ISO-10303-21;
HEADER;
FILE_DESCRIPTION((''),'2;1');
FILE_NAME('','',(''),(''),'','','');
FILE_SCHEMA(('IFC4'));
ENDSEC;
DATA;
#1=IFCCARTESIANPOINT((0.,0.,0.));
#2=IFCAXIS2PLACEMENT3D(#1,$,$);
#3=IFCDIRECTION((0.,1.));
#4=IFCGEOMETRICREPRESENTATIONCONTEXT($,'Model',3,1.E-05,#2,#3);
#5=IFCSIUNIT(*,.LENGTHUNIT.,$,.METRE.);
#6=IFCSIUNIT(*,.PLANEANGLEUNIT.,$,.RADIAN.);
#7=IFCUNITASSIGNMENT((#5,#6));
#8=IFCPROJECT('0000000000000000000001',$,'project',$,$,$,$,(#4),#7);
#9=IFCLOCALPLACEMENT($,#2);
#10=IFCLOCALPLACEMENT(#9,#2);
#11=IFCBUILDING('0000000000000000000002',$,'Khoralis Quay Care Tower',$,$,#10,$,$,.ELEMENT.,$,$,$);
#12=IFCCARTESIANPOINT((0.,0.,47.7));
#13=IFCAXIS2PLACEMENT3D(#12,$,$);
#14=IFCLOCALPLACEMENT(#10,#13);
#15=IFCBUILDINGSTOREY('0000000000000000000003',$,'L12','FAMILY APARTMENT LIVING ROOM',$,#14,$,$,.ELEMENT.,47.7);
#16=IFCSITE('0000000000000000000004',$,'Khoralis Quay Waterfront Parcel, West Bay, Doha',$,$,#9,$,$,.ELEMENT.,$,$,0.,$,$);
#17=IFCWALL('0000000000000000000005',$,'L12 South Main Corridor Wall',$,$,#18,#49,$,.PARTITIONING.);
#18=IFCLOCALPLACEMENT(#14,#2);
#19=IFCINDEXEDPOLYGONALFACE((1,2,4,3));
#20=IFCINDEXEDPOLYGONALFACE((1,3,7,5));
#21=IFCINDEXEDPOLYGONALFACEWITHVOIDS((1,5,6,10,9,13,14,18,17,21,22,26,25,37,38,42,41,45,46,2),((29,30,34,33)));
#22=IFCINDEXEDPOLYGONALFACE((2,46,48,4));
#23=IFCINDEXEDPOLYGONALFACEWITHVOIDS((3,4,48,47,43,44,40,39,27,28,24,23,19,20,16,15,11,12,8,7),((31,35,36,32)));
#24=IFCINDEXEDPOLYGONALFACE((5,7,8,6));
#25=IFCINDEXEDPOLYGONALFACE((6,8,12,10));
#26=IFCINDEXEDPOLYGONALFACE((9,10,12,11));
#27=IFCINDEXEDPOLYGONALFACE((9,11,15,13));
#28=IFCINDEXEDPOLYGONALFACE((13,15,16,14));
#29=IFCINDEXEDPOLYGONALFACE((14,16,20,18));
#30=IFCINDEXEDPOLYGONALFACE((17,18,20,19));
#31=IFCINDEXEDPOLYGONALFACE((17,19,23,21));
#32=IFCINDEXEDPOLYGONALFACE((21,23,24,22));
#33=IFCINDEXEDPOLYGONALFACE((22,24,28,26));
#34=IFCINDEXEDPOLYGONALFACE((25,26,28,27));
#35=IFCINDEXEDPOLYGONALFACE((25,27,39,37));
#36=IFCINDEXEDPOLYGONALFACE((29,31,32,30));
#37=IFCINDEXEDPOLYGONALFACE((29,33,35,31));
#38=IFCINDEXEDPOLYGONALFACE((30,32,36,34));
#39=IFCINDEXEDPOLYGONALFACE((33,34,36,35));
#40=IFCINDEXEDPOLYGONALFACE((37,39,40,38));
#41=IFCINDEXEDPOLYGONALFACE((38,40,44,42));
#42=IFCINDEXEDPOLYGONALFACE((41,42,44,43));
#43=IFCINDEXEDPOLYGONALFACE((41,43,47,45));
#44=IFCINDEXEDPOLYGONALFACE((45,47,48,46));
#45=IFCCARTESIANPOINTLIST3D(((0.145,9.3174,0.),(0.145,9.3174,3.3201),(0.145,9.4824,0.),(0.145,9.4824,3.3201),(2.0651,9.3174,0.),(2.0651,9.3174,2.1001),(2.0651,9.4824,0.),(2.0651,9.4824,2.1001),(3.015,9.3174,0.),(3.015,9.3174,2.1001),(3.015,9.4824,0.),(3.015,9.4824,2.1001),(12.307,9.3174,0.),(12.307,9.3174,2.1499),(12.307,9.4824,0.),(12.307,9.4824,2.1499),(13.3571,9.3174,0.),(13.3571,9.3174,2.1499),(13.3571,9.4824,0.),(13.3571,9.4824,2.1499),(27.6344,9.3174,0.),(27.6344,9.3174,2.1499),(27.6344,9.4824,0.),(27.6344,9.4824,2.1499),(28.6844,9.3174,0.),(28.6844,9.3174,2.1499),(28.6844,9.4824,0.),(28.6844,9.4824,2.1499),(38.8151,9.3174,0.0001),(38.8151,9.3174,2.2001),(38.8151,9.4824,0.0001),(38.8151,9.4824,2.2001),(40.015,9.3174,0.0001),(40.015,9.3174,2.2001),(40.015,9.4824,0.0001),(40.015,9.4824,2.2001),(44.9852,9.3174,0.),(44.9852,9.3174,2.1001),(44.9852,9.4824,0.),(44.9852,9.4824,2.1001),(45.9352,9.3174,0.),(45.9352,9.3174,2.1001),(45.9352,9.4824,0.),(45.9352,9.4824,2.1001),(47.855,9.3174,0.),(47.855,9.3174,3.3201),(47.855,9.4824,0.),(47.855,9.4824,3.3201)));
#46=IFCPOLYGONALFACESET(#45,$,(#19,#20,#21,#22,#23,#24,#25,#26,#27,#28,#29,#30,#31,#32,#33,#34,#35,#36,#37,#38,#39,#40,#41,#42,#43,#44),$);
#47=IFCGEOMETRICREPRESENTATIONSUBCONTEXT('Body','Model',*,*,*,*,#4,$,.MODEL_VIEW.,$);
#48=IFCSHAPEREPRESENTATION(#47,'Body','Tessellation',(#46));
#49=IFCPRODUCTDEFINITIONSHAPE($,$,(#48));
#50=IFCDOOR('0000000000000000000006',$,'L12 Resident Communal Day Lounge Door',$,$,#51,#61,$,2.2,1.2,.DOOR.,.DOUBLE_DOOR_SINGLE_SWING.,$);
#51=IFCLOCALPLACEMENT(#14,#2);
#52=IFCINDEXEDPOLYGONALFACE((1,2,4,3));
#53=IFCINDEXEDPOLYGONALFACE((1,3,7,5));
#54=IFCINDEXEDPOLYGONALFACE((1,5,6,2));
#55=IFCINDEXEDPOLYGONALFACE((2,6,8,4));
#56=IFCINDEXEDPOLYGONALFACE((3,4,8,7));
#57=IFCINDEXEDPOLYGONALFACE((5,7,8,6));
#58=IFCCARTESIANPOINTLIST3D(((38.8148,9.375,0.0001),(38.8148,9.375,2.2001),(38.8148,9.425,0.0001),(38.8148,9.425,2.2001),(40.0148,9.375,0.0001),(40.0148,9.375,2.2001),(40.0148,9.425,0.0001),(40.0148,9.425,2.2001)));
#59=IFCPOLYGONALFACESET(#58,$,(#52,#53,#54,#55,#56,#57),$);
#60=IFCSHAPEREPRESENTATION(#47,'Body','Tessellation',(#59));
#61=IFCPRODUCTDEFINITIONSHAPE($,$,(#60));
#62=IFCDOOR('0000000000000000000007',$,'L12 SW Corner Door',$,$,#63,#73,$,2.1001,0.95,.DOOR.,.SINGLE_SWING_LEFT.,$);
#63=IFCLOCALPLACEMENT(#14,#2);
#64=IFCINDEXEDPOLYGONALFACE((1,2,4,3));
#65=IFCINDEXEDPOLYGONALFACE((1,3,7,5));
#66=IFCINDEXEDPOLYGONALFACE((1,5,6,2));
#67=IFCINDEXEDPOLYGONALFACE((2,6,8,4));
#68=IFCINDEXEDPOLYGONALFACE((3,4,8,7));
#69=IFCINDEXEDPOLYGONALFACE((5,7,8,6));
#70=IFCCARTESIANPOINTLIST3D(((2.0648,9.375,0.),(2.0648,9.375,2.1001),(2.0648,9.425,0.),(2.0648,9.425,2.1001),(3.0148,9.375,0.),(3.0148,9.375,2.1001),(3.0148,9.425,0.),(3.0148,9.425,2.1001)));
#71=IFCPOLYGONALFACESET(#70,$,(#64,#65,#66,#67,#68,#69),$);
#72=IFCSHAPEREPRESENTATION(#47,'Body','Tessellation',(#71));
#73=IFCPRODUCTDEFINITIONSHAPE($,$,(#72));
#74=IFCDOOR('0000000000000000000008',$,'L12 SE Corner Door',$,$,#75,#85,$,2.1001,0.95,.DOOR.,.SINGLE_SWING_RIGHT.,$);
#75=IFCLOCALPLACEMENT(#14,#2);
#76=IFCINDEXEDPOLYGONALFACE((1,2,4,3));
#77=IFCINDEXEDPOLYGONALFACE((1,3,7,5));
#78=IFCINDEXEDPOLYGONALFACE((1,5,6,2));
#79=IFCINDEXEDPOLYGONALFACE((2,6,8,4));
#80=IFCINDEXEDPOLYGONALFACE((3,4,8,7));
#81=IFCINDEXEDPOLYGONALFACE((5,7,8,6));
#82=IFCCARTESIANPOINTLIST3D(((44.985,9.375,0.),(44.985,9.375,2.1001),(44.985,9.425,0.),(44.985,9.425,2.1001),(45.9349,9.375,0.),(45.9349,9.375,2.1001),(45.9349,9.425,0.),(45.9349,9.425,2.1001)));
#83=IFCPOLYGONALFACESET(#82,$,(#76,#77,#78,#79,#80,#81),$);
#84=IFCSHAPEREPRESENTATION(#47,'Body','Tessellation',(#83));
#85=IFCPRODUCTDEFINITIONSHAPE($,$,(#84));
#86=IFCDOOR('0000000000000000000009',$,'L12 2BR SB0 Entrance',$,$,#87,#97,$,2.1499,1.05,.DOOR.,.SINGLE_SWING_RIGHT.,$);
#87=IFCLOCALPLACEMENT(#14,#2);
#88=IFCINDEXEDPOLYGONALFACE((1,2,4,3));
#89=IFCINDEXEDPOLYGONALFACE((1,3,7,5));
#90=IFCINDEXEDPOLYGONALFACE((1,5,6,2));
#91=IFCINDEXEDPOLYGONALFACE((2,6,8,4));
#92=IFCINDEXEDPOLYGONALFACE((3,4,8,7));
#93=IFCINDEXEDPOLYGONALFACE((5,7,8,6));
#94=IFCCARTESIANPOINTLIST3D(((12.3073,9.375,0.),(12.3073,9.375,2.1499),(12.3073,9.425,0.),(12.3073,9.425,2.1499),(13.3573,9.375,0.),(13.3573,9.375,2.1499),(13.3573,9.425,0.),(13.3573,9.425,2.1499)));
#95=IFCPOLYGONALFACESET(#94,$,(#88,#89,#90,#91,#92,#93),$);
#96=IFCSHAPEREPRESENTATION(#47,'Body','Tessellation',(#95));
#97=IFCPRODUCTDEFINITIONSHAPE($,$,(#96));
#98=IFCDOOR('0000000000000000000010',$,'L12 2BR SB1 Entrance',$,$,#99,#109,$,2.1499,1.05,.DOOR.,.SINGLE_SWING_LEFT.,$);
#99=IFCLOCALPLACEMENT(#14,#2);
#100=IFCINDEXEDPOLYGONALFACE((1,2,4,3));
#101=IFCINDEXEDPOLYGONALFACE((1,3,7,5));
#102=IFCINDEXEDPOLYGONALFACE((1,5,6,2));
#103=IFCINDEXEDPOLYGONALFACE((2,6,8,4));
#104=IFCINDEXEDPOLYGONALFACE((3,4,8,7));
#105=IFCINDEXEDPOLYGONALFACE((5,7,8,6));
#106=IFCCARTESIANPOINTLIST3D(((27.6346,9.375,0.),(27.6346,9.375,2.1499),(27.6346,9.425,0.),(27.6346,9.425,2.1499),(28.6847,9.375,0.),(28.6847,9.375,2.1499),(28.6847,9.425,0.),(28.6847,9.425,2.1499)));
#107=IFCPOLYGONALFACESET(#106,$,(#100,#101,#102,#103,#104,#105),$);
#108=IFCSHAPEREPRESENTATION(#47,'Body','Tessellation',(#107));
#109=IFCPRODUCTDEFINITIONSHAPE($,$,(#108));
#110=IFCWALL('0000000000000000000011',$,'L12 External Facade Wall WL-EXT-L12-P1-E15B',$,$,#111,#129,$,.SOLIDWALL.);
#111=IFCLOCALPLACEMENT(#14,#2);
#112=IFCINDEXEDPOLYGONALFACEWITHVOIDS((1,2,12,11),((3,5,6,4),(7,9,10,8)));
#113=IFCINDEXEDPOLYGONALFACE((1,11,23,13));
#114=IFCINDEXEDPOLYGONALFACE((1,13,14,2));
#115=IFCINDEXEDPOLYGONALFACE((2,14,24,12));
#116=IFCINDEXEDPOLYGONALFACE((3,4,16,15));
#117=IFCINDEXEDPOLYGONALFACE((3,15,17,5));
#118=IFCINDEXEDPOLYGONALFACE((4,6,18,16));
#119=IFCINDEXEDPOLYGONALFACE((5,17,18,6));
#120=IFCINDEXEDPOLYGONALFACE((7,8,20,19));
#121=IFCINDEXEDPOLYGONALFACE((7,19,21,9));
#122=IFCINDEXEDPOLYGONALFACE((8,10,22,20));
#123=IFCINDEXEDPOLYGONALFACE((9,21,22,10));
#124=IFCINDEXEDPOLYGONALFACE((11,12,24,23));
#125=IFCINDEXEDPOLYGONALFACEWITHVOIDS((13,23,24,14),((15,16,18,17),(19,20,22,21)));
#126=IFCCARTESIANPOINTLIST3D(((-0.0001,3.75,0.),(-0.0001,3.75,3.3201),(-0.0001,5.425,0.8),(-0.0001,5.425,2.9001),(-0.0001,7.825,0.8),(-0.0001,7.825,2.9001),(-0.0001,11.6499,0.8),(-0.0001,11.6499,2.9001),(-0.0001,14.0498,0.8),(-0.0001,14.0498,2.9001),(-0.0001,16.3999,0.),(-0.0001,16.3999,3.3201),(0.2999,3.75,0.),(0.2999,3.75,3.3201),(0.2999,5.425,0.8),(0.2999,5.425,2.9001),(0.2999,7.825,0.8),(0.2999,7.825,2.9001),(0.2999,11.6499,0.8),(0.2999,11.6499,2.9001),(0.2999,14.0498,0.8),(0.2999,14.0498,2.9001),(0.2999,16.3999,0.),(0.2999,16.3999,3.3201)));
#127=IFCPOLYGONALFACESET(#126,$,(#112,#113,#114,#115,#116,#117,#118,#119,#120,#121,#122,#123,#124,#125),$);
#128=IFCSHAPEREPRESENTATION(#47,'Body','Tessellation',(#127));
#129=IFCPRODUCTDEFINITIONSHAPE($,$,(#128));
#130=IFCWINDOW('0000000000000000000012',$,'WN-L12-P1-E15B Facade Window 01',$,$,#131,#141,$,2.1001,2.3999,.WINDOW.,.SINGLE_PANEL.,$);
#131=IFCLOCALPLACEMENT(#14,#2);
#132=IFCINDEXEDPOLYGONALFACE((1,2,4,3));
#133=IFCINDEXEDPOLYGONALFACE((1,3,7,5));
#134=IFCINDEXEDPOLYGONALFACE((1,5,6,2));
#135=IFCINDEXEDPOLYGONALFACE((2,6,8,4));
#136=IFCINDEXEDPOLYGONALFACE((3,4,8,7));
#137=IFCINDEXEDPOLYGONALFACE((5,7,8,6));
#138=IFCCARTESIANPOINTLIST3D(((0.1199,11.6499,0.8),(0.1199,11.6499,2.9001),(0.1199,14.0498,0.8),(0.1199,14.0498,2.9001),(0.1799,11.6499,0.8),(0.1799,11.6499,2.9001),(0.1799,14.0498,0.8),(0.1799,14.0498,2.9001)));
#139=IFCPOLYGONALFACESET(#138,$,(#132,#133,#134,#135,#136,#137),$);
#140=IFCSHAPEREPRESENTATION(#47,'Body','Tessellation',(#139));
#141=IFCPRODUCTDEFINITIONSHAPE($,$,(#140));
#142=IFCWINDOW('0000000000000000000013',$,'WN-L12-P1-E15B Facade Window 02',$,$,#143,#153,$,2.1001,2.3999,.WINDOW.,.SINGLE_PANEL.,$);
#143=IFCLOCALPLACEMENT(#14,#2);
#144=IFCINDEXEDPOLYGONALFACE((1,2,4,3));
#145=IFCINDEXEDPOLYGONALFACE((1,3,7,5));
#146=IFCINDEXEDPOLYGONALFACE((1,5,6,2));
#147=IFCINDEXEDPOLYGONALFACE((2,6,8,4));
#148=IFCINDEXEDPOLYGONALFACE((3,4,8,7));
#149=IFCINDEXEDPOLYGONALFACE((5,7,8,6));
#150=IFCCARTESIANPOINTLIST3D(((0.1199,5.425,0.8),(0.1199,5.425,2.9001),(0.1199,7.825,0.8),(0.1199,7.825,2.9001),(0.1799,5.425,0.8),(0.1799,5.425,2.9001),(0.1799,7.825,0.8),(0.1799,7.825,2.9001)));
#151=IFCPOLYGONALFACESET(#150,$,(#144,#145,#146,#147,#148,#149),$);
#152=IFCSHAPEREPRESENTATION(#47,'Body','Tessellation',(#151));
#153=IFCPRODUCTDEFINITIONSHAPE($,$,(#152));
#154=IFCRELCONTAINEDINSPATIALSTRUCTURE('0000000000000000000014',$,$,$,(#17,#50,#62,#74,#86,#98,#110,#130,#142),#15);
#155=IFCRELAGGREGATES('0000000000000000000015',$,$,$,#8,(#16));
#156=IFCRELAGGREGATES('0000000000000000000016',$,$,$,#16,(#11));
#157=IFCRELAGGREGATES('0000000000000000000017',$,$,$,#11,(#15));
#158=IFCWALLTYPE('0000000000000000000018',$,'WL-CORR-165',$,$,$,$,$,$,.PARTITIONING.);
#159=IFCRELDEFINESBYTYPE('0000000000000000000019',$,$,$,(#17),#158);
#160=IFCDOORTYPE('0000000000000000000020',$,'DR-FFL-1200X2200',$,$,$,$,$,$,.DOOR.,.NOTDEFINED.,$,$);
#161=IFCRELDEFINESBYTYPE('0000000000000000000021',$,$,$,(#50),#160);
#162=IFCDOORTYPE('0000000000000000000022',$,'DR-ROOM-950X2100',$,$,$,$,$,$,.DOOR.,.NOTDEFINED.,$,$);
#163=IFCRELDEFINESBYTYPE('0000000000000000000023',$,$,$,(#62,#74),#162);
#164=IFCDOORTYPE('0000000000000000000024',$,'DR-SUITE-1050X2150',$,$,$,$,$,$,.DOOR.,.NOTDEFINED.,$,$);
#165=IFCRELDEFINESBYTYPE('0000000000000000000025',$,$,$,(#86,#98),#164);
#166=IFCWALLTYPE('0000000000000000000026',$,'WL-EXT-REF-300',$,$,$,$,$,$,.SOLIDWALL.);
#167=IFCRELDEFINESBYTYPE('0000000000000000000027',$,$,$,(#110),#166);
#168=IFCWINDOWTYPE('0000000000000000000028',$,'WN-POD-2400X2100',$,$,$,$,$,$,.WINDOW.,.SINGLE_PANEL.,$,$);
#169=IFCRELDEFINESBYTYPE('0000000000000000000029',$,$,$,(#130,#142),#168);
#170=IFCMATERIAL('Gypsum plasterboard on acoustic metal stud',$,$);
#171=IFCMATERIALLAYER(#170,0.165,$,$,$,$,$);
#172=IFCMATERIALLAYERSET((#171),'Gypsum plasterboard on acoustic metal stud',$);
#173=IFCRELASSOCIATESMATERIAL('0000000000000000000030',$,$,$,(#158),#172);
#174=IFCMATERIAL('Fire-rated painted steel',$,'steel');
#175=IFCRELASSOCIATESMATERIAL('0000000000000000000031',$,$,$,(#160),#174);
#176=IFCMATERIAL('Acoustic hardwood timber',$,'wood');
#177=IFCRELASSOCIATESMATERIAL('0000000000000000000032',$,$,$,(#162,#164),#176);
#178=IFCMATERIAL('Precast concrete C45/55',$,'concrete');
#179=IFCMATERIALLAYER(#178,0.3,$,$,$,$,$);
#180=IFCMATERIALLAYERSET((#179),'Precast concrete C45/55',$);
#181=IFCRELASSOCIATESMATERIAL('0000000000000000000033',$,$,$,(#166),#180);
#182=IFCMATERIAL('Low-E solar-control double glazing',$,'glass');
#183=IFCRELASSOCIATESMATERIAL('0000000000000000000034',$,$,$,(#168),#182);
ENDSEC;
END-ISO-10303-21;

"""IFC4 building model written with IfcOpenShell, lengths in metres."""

from ifc_helpers import new_model, si_unit, direction, frame, frame_2d, origin, place, context, subcontext, project, spatial, rectangle, extrude, source, transform, mapped, material, layer, layer_set, type_object, element, fill, save


model = new_model("IFC4")

# Units and contexts
model_context = context("Model", 3, precision=1e-05, world=origin(), true_north=direction((0.0, 1.0)))
body_context = subcontext(model_context, "Body", "Model", "MODEL_VIEW")
ifc_project = project(units=[si_unit("LENGTHUNIT", "METRE"), si_unit("PLANEANGLEUNIT", "RADIAN")], contexts=[model_context])

# Site, building, storey
site_placement = place(None, origin())
site = spatial("IfcSite", under=ifc_project, at=site_placement, Name="Khoralis Quay Waterfront Parcel, West Bay, Doha", CompositionType="ELEMENT", RefElevation=0.0)
building_placement = place(site_placement, origin())
building = spatial("IfcBuilding", under=site, at=building_placement, Name="Khoralis Quay Care Tower", CompositionType="ELEMENT")
storey_placement = place(building_placement, frame((0.0, 0.0, 47.7)))
storey = spatial("IfcBuildingStorey", under=building, at=storey_placement, Name="L12", Description="FAMILY APARTMENT LIVING ROOM", CompositionType="ELEMENT", Elevation=47.7)

# Shared definitions
ifc_material_1 = material(Name="Low-E solar-control double glazing", Category="glass")

# Wall, openings, doors
ifc_material_2 = material(Name="Gypsum plasterboard on acoustic metal stud")
ifc_layer_1 = layer(ifc_material_2, 0.165)
ifc_layer_set_1 = layer_set([ifc_layer_1], Name="Gypsum plasterboard on acoustic metal stud")
wall_type_1 = type_object("IfcWallType", Name="WL-CORR-165", PredefinedType="PARTITIONING", material=ifc_layer_set_1)
wall_1_placement = place(storey_placement, frame((0.145, 9.3999, 0.0), z_axis=(0.0, 0.0, 1.0), x_axis=(1.0, 0.0, 0.0)))
wall_1 = element("IfcWall", 1, at=wall_1_placement, inside=storey, type_object=wall_type_1, Name="L12 South Main Corridor Wall", PredefinedType="PARTITIONING", context=body_context, shape_type="SweptSolid", body=[
    extrude(rectangle(XDim=47.71, YDim=0.165, at=frame_2d((23.855, 0.0))), origin(), (0.0, 0.0, 1.0), 3.3201),
])
opening_1_placement = place(wall_1_placement, frame((12.1621, 0.0, 0.0)))
opening_1 = element("IfcOpeningElement", 2, at=opening_1_placement, cuts=wall_1, PredefinedType="OPENING", context=body_context, shape_type="SweptSolid", body=[
    extrude(rectangle(XDim=1.05, YDim=2.1499, at=frame_2d((0.5249, 1.075))), frame((0.0, 0.0925, 0.0), z_axis=(0.0, -1.0, 0.0), x_axis=(1.0, 0.0, 0.0)), (0.0, 0.0, 1.0), 0.1851),
])
opening_2_placement = place(wall_1_placement, frame((27.4895, 0.0, 0.0)))
opening_2 = element("IfcOpeningElement", 3, at=opening_2_placement, cuts=wall_1, PredefinedType="OPENING", context=body_context, shape_type="SweptSolid", body=[
    extrude(rectangle(XDim=1.05, YDim=2.1499, at=frame_2d((0.5249, 1.075))), frame((0.0, 0.0925, 0.0), z_axis=(0.0, -1.0, 0.0), x_axis=(1.0, 0.0, 0.0)), (0.0, 0.0, 1.0), 0.1851),
])
opening_3_placement = place(wall_1_placement, frame((38.6699, 0.0, 0.0)))
opening_3 = element("IfcOpeningElement", 4, at=opening_3_placement, cuts=wall_1, PredefinedType="OPENING", context=body_context, shape_type="SweptSolid", body=[
    extrude(rectangle(XDim=1.2, YDim=2.2, at=frame_2d((0.6001, 1.1001))), frame((0.0, 0.0925, 0.0), z_axis=(0.0, -1.0, 0.0), x_axis=(1.0, 0.0, 0.0)), (0.0, 0.0, 1.0), 0.1851),
])
opening_4_placement = place(wall_1_placement, frame((1.9199, 0.0, 0.0)))
opening_4 = element("IfcOpeningElement", 5, at=opening_4_placement, cuts=wall_1, PredefinedType="OPENING", context=body_context, shape_type="SweptSolid", body=[
    extrude(rectangle(XDim=0.95, YDim=2.1001, at=frame_2d((0.4751, 1.05))), frame((0.0, 0.0925, 0.0), z_axis=(0.0, -1.0, 0.0), x_axis=(1.0, 0.0, 0.0)), (0.0, 0.0, 1.0), 0.1851),
])
opening_5_placement = place(wall_1_placement, frame((44.8401, 0.0, 0.0)))
opening_5 = element("IfcOpeningElement", 6, at=opening_5_placement, cuts=wall_1, PredefinedType="OPENING", context=body_context, shape_type="SweptSolid", body=[
    extrude(rectangle(XDim=0.95, YDim=2.1001, at=frame_2d((0.4751, 1.05))), frame((0.0, 0.0925, 0.0), z_axis=(0.0, -1.0, 0.0), x_axis=(1.0, 0.0, 0.0)), (0.0, 0.0, 1.0), 0.1851),
])
ifc_material_3 = material(Name="Fire-rated painted steel", Category="steel")
door_type_1 = type_object("IfcDoorType", Name="DR-FFL-1200X2200", OperationType="NOTDEFINED", PredefinedType="DOOR", material=ifc_material_3)
shared_shape_1 = source(origin(), body_context, "Body", "SweptSolid", [
    extrude(rectangle(XDim=1.2, YDim=2.2, at=frame_2d((0.6001, 1.1001))), frame((0.0, 0.0249, 0.0), z_axis=(0.0, -1.0, 0.0), x_axis=(1.0, 0.0, 0.0)), (0.0, 0.0, 1.0), 0.05),
])
door_1_placement = place(opening_3_placement, frame((1.2, 0.0, 0.0), z_axis=(0.0, 0.0, 1.0), x_axis=(-1.0, 0.0, 0.0)))
door_1 = element("IfcDoor", 7, at=door_1_placement, inside=storey, type_object=door_type_1, Name="L12 Resident Communal Day Lounge Door", OperationType="DOUBLE_DOOR_SINGLE_SWING", OverallHeight=2.2, OverallWidth=1.2, PredefinedType="DOOR", context=body_context, shape_type="MappedRepresentation", body=[
    mapped(shared_shape_1, transform((0.0, 0.0, 0.0), scale=1.0)),
])
fill(opening_3, door_1)
ifc_material_4 = material(Name="Acoustic hardwood timber", Category="wood")
door_type_2 = type_object("IfcDoorType", Name="DR-ROOM-950X2100", OperationType="NOTDEFINED", PredefinedType="DOOR", material=ifc_material_4)
shared_shape_2 = source(origin(), body_context, "Body", "SweptSolid", [
    extrude(rectangle(XDim=0.95, YDim=2.1001, at=frame_2d((0.4751, 1.05))), frame((0.0, 0.0249, 0.0), z_axis=(0.0, -1.0, 0.0), x_axis=(1.0, 0.0, 0.0)), (0.0, 0.0, 1.0), 0.05),
])
door_2_placement = place(opening_4_placement, frame((0.95, 0.0, 0.0), z_axis=(0.0, 0.0, 1.0), x_axis=(-1.0, 0.0, 0.0)))
door_2 = element("IfcDoor", 8, at=door_2_placement, inside=storey, type_object=door_type_2, Name="L12 SW Corner Door", OperationType="SINGLE_SWING_LEFT", OverallHeight=2.1001, OverallWidth=0.95, PredefinedType="DOOR", context=body_context, shape_type="MappedRepresentation", body=[
    mapped(shared_shape_2, transform((0.0, 0.0, 0.0), scale=1.0)),
])
fill(opening_4, door_2)
door_3_placement = place(opening_5_placement, frame((0.95, 0.0, 0.0), z_axis=(0.0, 0.0, 1.0), x_axis=(-1.0, 0.0, 0.0)))
door_3 = element("IfcDoor", 9, at=door_3_placement, inside=storey, type_object=door_type_2, Name="L12 SE Corner Door", OperationType="SINGLE_SWING_RIGHT", OverallHeight=2.1001, OverallWidth=0.95, PredefinedType="DOOR", context=body_context, shape_type="MappedRepresentation", body=[
    mapped(shared_shape_2, transform((0.0, 0.0, 0.0), scale=1.0)),
])
fill(opening_5, door_3)
door_type_3 = type_object("IfcDoorType", Name="DR-SUITE-1050X2150", OperationType="NOTDEFINED", PredefinedType="DOOR", material=ifc_material_4)
shared_shape_3 = source(origin(), body_context, "Body", "SweptSolid", [
    extrude(rectangle(XDim=1.05, YDim=2.1499, at=frame_2d((0.5249, 1.075))), frame((0.0, 0.0249, 0.0), z_axis=(0.0, -1.0, 0.0), x_axis=(1.0, 0.0, 0.0)), (0.0, 0.0, 1.0), 0.05),
])
door_4_placement = place(opening_1_placement, frame((1.05, 0.0, 0.0), z_axis=(0.0, 0.0, 1.0), x_axis=(-1.0, 0.0, 0.0)))
door_4 = element("IfcDoor", 10, at=door_4_placement, inside=storey, type_object=door_type_3, Name="L12 2BR SB0 Entrance", OperationType="SINGLE_SWING_RIGHT", OverallHeight=2.1499, OverallWidth=1.05, PredefinedType="DOOR", context=body_context, shape_type="MappedRepresentation", body=[
    mapped(shared_shape_3, transform((0.0, 0.0, 0.0), scale=1.0)),
])
fill(opening_1, door_4)
door_5_placement = place(opening_2_placement, frame((1.05, 0.0, 0.0), z_axis=(0.0, 0.0, 1.0), x_axis=(-1.0, 0.0, 0.0)))
door_5 = element("IfcDoor", 11, at=door_5_placement, inside=storey, type_object=door_type_3, Name="L12 2BR SB1 Entrance", OperationType="SINGLE_SWING_LEFT", OverallHeight=2.1499, OverallWidth=1.05, PredefinedType="DOOR", context=body_context, shape_type="MappedRepresentation", body=[
    mapped(shared_shape_3, transform((0.0, 0.0, 0.0), scale=1.0)),
])
fill(opening_2, door_5)

# Wall, openings, windows
ifc_material_5 = material(Name="Precast concrete C45/55", Category="concrete")
ifc_layer_2 = layer(ifc_material_5, 0.3)
ifc_layer_set_2 = layer_set([ifc_layer_2], Name="Precast concrete C45/55")
wall_type_2 = type_object("IfcWallType", Name="WL-EXT-REF-300", PredefinedType="SOLIDWALL", material=ifc_layer_set_2)
wall_2_placement = place(storey_placement, frame((0.1499, 16.3999, 0.0), z_axis=(0.0, 0.0, 1.0), x_axis=(0.0, -1.0, 0.0)))
wall_2 = element("IfcWall", 12, at=wall_2_placement, inside=storey, type_object=wall_type_2, Name="L12 External Facade Wall WL-EXT-L12-P1-E15B", PredefinedType="SOLIDWALL", context=body_context, shape_type="SweptSolid", body=[
    extrude(rectangle(XDim=12.6499, YDim=0.3, at=frame_2d((6.325, 0.0))), origin(), (0.0, 0.0, 1.0), 3.3201),
])
opening_6_placement = place(wall_2_placement, frame((2.3501, 0.0, 0.8)))
opening_6 = element("IfcOpeningElement", 13, at=opening_6_placement, cuts=wall_2, PredefinedType="OPENING", context=body_context, shape_type="SweptSolid", body=[
    extrude(rectangle(XDim=2.3999, YDim=2.1001, at=frame_2d((1.2, 1.05))), frame((0.0, 0.1602, 0.0), z_axis=(0.0, -1.0, 0.0), x_axis=(1.0, 0.0, 0.0)), (0.0, 0.0, 1.0), 0.3201),
])
opening_7_placement = place(wall_2_placement, frame((8.575, 0.0, 0.8)))
opening_7 = element("IfcOpeningElement", 14, at=opening_7_placement, cuts=wall_2, PredefinedType="OPENING", context=body_context, shape_type="SweptSolid", body=[
    extrude(rectangle(XDim=2.3999, YDim=2.1001, at=frame_2d((1.2, 1.05))), frame((0.0, 0.1602, 0.0), z_axis=(0.0, -1.0, 0.0), x_axis=(1.0, 0.0, 0.0)), (0.0, 0.0, 1.0), 0.3201),
])
window_type = type_object("IfcWindowType", Name="WN-POD-2400X2100", PartitioningType="SINGLE_PANEL", PredefinedType="WINDOW", material=ifc_material_1)
shared_shape_4 = source(origin(), body_context, "Body", "SweptSolid", [
    extrude(rectangle(XDim=2.3999, YDim=2.1001, at=frame_2d((1.2, 1.05))), frame((0.0, 0.03, 0.0), z_axis=(0.0, -1.0, 0.0), x_axis=(1.0, 0.0, 0.0)), (0.0, 0.0, 1.0), 0.0601),
])
window_1_placement = place(opening_6_placement, origin())
window_1 = element("IfcWindow", 15, at=window_1_placement, inside=storey, type_object=window_type, Name="WN-L12-P1-E15B Facade Window 01", OverallHeight=2.1001, OverallWidth=2.3999, PartitioningType="SINGLE_PANEL", PredefinedType="WINDOW", context=body_context, shape_type="MappedRepresentation", body=[
    mapped(shared_shape_4, transform((0.0, 0.0, 0.0), scale=1.0)),
])
fill(opening_6, window_1)
window_2_placement = place(opening_7_placement, origin())
window_2 = element("IfcWindow", 16, at=window_2_placement, inside=storey, type_object=window_type, Name="WN-L12-P1-E15B Facade Window 02", OverallHeight=2.1001, OverallWidth=2.3999, PartitioningType="SINGLE_PANEL", PredefinedType="WINDOW", context=body_context, shape_type="MappedRepresentation", body=[
    mapped(shared_shape_4, transform((0.0, 0.0, 0.0), scale=1.0)),
])
fill(opening_7, window_2)

save(model, "model.ifc")
